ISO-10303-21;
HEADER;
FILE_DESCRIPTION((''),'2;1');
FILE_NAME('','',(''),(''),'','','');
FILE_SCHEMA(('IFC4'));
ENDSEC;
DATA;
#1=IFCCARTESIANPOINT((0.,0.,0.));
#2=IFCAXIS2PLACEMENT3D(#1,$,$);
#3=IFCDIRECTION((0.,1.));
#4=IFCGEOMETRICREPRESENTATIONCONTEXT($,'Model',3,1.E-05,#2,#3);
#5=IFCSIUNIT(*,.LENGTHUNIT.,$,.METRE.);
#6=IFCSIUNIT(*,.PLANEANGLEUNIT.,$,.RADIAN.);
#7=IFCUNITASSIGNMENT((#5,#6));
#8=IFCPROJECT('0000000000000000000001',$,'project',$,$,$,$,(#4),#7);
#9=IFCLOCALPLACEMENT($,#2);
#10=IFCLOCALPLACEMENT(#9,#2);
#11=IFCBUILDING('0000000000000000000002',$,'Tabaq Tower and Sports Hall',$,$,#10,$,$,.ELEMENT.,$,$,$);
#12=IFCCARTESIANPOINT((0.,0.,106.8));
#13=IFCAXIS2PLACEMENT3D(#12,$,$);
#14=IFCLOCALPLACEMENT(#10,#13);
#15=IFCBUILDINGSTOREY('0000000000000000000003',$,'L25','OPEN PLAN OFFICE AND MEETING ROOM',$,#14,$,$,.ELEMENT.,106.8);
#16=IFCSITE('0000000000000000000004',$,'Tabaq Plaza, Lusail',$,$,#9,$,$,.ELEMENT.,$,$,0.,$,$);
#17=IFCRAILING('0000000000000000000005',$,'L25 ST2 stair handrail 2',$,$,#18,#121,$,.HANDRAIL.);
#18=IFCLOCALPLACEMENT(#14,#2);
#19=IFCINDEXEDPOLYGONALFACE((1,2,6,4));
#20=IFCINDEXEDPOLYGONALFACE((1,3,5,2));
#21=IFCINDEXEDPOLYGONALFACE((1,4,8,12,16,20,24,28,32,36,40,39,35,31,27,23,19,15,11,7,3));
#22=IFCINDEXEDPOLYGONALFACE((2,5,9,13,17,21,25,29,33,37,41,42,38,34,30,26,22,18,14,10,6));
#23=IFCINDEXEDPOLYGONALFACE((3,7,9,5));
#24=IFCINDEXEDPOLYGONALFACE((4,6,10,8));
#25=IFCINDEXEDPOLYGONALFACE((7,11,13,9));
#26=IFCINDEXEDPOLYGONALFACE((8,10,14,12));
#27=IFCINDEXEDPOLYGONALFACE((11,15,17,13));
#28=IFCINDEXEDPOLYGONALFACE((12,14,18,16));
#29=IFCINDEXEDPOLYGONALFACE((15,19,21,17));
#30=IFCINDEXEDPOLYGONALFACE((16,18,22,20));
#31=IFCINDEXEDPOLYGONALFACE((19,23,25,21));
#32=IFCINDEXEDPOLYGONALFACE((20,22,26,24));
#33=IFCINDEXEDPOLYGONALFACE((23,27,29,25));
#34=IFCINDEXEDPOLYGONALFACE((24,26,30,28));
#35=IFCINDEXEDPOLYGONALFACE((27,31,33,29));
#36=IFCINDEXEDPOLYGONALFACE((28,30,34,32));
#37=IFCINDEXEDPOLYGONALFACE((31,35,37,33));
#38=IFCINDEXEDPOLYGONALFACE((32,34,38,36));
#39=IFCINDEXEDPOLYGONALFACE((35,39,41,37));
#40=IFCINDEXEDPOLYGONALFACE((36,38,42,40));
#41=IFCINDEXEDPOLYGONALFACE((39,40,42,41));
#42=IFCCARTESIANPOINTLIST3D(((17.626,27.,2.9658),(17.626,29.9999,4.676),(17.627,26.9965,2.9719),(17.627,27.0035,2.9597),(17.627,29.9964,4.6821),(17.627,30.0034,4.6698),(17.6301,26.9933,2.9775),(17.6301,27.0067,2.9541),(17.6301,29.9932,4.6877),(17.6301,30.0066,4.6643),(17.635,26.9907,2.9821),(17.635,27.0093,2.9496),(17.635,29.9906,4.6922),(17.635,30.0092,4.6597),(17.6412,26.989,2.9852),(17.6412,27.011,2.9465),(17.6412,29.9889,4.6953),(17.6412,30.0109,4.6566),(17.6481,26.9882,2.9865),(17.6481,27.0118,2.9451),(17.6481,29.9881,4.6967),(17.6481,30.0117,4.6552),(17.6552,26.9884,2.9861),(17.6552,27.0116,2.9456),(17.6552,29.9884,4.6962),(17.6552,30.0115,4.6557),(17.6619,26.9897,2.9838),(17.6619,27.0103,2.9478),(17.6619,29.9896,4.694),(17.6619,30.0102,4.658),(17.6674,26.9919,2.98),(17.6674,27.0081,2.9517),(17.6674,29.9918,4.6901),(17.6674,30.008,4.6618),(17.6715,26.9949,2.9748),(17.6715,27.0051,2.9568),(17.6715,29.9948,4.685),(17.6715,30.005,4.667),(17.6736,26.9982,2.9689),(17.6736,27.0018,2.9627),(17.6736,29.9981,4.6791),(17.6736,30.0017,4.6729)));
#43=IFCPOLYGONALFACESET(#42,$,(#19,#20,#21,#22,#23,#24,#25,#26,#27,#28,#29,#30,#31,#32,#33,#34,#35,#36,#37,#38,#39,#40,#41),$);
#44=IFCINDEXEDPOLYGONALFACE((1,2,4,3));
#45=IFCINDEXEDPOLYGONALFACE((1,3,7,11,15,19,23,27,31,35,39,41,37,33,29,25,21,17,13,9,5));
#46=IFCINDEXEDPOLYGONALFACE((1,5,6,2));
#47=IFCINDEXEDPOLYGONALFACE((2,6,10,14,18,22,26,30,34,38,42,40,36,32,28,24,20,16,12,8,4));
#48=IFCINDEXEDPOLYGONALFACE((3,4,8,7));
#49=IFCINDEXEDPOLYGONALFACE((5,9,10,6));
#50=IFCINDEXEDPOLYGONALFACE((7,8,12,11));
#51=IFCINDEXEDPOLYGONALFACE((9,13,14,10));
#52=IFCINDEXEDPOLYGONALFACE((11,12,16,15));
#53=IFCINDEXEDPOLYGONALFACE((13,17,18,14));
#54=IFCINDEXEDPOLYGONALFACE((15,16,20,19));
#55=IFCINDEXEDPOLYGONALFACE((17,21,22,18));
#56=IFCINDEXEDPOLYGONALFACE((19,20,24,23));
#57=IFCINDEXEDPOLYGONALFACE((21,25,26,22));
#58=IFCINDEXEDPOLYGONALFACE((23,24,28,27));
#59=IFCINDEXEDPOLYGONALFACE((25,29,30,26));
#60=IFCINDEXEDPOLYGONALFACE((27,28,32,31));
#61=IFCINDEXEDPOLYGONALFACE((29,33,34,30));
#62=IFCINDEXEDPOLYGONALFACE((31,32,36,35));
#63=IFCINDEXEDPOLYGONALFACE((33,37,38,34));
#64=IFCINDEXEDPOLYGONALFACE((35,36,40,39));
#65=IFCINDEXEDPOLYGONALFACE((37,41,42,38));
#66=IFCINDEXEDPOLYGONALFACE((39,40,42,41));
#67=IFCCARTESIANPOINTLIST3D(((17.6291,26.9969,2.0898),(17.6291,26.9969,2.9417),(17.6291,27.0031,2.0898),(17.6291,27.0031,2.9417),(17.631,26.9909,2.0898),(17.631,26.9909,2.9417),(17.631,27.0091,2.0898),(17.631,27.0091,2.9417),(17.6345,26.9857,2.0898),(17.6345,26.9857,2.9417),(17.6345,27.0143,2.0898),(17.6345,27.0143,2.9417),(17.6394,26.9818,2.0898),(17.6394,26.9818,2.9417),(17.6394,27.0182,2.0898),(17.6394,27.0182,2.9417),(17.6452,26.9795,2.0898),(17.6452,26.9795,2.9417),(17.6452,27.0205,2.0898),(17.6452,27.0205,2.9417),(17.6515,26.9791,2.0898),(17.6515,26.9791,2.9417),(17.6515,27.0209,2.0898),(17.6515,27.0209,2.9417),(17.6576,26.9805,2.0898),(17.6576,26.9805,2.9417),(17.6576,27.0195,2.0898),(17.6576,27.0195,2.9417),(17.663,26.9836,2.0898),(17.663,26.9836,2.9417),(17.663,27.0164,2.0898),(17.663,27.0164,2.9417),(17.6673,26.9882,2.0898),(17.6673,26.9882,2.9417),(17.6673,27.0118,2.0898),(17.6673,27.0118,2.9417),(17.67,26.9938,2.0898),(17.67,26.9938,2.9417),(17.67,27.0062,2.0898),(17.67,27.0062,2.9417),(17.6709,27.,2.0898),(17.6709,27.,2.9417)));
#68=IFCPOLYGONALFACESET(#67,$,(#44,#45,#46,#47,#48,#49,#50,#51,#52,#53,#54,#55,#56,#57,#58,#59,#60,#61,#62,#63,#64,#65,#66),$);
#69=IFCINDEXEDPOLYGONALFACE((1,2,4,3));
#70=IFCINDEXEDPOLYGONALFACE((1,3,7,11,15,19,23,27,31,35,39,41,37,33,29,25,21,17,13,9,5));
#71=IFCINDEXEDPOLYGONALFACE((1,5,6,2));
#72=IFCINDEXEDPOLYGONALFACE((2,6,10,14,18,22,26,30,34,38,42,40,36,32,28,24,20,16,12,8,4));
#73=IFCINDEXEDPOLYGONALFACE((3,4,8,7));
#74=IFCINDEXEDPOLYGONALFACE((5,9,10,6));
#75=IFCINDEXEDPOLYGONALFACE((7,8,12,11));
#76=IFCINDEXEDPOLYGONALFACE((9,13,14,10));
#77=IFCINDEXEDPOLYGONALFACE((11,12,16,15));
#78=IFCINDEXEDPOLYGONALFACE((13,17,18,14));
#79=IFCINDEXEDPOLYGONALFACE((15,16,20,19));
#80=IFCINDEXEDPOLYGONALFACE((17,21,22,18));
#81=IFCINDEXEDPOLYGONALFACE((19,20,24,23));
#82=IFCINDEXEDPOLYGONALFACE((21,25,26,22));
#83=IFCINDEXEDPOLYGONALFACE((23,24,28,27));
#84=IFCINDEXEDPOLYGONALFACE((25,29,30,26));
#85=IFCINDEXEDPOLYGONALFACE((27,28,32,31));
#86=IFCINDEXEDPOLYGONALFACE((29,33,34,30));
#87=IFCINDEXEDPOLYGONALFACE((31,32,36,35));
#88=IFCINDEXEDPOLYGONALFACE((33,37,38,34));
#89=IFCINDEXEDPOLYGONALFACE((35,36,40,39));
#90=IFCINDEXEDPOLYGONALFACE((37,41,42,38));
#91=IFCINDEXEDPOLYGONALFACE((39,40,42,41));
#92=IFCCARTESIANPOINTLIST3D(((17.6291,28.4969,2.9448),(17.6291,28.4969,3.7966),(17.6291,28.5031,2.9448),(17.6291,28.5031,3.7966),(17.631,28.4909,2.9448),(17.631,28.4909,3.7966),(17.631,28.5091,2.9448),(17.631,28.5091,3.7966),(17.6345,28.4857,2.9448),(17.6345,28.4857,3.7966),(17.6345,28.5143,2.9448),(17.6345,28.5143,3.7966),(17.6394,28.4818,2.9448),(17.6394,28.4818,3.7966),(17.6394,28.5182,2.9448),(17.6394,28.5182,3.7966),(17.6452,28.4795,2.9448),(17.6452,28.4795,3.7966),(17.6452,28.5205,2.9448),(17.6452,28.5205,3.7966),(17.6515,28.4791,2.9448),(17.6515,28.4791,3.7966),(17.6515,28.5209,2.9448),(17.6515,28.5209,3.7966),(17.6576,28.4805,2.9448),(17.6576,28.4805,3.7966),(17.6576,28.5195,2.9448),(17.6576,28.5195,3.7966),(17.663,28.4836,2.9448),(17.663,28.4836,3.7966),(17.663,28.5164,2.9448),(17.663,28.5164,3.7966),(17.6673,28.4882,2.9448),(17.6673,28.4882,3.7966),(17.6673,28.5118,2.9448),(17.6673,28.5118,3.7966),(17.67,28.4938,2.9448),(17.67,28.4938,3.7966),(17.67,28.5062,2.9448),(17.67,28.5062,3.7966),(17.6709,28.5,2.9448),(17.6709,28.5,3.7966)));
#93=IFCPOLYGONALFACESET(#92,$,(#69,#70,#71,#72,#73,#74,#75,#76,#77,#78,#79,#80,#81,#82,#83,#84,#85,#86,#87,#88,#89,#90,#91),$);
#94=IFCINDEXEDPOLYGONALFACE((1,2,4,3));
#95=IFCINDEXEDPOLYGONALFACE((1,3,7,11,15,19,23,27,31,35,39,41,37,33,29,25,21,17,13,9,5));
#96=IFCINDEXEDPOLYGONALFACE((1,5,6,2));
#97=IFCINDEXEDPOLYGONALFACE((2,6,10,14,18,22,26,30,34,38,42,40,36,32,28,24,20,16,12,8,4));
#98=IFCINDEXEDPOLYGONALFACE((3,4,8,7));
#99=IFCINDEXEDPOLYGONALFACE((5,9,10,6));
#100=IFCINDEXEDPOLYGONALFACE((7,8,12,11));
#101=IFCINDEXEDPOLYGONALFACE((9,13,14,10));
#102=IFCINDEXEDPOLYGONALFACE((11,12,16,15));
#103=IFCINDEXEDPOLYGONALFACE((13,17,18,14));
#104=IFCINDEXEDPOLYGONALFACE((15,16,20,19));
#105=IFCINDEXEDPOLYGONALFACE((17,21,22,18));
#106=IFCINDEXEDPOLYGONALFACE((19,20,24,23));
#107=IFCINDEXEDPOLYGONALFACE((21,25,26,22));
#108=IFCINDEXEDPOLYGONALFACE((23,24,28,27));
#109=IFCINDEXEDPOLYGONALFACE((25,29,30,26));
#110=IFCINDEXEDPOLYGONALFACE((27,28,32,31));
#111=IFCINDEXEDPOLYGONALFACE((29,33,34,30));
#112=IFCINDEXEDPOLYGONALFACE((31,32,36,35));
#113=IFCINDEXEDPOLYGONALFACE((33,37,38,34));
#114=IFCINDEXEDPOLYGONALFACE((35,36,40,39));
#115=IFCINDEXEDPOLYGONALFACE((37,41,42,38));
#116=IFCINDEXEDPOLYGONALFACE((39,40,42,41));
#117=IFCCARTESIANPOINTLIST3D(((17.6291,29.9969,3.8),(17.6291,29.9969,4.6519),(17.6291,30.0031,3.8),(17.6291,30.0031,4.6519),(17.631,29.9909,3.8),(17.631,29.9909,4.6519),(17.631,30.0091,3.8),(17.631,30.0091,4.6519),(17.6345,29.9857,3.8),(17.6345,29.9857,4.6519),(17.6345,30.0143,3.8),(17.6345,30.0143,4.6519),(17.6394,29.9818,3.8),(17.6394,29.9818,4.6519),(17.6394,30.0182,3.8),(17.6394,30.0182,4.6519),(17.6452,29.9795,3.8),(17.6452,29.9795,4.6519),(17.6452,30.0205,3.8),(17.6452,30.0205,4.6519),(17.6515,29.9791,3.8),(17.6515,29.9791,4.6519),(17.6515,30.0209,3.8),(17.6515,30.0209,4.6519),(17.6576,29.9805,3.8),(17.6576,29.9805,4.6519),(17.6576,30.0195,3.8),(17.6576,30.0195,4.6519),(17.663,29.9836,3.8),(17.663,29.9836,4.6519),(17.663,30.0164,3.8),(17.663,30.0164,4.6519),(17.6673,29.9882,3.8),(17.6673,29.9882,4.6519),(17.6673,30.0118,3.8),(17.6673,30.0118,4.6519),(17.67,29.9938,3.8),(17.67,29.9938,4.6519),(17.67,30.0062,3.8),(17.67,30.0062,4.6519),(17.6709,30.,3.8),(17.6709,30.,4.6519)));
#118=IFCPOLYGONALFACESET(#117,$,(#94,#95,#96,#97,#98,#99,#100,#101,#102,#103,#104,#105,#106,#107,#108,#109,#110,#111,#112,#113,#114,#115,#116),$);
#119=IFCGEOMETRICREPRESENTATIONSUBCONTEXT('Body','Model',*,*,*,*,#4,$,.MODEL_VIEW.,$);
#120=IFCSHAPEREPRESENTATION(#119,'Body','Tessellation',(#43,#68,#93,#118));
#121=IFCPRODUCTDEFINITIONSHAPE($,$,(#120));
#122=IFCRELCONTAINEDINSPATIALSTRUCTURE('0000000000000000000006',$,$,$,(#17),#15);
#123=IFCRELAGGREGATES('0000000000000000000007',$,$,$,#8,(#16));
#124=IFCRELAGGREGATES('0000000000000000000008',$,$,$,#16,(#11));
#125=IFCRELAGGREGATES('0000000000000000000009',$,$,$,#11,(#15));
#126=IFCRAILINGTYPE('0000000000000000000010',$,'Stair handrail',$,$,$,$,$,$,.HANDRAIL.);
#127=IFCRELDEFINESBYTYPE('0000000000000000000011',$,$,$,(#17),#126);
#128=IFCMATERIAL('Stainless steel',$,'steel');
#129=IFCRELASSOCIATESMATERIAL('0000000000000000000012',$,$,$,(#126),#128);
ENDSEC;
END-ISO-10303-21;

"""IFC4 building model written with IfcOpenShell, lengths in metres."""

from ifc_helpers import new_model, si_unit, direction, frame, origin, origin_2d, place, context, subcontext, project, spatial, circle, extrude, material, type_object, element, save


model = new_model("IFC4")

# Units and contexts
model_context = context("Model", 3, precision=1e-05, world=origin(), true_north=direction((0.0, 1.0)))
body_context = subcontext(model_context, "Body", "Model", "MODEL_VIEW")
ifc_project = project(units=[si_unit("LENGTHUNIT", "METRE"), si_unit("PLANEANGLEUNIT", "RADIAN")], contexts=[model_context])

# Site, building, storey
site_placement = place(None, origin())
site = spatial("IfcSite", under=ifc_project, at=site_placement, Name="Tabaq Plaza, Lusail", CompositionType="ELEMENT", RefElevation=0.0)
building_placement = place(site_placement, origin())
building = spatial("IfcBuilding", under=site, at=building_placement, Name="Tabaq Tower and Sports Hall", CompositionType="ELEMENT")
storey_placement = place(building_placement, frame((0.0, 0.0, 106.8)))
storey = spatial("IfcBuildingStorey", under=building, at=storey_placement, Name="L25", Description="OPEN PLAN OFFICE AND MEETING ROOM", CompositionType="ELEMENT", Elevation=106.8)

# Railing
ifc_material_1 = material(Name="Stainless steel", Category="steel")
railing_type_1 = type_object("IfcRailingType", Name="Stair handrail", PredefinedType="HANDRAIL", material=ifc_material_1)
railing_1_placement = place(storey_placement, frame((17.6499, 27.0, 2.0898)))
element("IfcRailing", 1, at=railing_1_placement, inside=storey, type_object=railing_type_1, Name="L25 ST2 stair handrail 2", PredefinedType="HANDRAIL", context=body_context, shape_type="SweptSolid", body=[
    extrude(circle(Radius=0.0239, at=origin_2d()), frame((0.0, 0.0, 0.876), z_axis=(0.0, 0.868752, 0.495248), x_axis=(-1.0, 0.0, 0.0)), (0.0, 0.0, 1.0), 3.4531),
    extrude(circle(Radius=0.021, at=origin_2d()), origin(), (0.0, 0.0, 1.0), 0.8518),
    extrude(circle(Radius=0.021, at=origin_2d()), frame((0.0, 1.5, 0.855)), (0.0, 0.0, 1.0), 0.8518),
    extrude(circle(Radius=0.021, at=origin_2d()), frame((0.0, 3.0, 1.7102)), (0.0, 0.0, 1.0), 0.8518),
])

save(model, "model.ifc")
